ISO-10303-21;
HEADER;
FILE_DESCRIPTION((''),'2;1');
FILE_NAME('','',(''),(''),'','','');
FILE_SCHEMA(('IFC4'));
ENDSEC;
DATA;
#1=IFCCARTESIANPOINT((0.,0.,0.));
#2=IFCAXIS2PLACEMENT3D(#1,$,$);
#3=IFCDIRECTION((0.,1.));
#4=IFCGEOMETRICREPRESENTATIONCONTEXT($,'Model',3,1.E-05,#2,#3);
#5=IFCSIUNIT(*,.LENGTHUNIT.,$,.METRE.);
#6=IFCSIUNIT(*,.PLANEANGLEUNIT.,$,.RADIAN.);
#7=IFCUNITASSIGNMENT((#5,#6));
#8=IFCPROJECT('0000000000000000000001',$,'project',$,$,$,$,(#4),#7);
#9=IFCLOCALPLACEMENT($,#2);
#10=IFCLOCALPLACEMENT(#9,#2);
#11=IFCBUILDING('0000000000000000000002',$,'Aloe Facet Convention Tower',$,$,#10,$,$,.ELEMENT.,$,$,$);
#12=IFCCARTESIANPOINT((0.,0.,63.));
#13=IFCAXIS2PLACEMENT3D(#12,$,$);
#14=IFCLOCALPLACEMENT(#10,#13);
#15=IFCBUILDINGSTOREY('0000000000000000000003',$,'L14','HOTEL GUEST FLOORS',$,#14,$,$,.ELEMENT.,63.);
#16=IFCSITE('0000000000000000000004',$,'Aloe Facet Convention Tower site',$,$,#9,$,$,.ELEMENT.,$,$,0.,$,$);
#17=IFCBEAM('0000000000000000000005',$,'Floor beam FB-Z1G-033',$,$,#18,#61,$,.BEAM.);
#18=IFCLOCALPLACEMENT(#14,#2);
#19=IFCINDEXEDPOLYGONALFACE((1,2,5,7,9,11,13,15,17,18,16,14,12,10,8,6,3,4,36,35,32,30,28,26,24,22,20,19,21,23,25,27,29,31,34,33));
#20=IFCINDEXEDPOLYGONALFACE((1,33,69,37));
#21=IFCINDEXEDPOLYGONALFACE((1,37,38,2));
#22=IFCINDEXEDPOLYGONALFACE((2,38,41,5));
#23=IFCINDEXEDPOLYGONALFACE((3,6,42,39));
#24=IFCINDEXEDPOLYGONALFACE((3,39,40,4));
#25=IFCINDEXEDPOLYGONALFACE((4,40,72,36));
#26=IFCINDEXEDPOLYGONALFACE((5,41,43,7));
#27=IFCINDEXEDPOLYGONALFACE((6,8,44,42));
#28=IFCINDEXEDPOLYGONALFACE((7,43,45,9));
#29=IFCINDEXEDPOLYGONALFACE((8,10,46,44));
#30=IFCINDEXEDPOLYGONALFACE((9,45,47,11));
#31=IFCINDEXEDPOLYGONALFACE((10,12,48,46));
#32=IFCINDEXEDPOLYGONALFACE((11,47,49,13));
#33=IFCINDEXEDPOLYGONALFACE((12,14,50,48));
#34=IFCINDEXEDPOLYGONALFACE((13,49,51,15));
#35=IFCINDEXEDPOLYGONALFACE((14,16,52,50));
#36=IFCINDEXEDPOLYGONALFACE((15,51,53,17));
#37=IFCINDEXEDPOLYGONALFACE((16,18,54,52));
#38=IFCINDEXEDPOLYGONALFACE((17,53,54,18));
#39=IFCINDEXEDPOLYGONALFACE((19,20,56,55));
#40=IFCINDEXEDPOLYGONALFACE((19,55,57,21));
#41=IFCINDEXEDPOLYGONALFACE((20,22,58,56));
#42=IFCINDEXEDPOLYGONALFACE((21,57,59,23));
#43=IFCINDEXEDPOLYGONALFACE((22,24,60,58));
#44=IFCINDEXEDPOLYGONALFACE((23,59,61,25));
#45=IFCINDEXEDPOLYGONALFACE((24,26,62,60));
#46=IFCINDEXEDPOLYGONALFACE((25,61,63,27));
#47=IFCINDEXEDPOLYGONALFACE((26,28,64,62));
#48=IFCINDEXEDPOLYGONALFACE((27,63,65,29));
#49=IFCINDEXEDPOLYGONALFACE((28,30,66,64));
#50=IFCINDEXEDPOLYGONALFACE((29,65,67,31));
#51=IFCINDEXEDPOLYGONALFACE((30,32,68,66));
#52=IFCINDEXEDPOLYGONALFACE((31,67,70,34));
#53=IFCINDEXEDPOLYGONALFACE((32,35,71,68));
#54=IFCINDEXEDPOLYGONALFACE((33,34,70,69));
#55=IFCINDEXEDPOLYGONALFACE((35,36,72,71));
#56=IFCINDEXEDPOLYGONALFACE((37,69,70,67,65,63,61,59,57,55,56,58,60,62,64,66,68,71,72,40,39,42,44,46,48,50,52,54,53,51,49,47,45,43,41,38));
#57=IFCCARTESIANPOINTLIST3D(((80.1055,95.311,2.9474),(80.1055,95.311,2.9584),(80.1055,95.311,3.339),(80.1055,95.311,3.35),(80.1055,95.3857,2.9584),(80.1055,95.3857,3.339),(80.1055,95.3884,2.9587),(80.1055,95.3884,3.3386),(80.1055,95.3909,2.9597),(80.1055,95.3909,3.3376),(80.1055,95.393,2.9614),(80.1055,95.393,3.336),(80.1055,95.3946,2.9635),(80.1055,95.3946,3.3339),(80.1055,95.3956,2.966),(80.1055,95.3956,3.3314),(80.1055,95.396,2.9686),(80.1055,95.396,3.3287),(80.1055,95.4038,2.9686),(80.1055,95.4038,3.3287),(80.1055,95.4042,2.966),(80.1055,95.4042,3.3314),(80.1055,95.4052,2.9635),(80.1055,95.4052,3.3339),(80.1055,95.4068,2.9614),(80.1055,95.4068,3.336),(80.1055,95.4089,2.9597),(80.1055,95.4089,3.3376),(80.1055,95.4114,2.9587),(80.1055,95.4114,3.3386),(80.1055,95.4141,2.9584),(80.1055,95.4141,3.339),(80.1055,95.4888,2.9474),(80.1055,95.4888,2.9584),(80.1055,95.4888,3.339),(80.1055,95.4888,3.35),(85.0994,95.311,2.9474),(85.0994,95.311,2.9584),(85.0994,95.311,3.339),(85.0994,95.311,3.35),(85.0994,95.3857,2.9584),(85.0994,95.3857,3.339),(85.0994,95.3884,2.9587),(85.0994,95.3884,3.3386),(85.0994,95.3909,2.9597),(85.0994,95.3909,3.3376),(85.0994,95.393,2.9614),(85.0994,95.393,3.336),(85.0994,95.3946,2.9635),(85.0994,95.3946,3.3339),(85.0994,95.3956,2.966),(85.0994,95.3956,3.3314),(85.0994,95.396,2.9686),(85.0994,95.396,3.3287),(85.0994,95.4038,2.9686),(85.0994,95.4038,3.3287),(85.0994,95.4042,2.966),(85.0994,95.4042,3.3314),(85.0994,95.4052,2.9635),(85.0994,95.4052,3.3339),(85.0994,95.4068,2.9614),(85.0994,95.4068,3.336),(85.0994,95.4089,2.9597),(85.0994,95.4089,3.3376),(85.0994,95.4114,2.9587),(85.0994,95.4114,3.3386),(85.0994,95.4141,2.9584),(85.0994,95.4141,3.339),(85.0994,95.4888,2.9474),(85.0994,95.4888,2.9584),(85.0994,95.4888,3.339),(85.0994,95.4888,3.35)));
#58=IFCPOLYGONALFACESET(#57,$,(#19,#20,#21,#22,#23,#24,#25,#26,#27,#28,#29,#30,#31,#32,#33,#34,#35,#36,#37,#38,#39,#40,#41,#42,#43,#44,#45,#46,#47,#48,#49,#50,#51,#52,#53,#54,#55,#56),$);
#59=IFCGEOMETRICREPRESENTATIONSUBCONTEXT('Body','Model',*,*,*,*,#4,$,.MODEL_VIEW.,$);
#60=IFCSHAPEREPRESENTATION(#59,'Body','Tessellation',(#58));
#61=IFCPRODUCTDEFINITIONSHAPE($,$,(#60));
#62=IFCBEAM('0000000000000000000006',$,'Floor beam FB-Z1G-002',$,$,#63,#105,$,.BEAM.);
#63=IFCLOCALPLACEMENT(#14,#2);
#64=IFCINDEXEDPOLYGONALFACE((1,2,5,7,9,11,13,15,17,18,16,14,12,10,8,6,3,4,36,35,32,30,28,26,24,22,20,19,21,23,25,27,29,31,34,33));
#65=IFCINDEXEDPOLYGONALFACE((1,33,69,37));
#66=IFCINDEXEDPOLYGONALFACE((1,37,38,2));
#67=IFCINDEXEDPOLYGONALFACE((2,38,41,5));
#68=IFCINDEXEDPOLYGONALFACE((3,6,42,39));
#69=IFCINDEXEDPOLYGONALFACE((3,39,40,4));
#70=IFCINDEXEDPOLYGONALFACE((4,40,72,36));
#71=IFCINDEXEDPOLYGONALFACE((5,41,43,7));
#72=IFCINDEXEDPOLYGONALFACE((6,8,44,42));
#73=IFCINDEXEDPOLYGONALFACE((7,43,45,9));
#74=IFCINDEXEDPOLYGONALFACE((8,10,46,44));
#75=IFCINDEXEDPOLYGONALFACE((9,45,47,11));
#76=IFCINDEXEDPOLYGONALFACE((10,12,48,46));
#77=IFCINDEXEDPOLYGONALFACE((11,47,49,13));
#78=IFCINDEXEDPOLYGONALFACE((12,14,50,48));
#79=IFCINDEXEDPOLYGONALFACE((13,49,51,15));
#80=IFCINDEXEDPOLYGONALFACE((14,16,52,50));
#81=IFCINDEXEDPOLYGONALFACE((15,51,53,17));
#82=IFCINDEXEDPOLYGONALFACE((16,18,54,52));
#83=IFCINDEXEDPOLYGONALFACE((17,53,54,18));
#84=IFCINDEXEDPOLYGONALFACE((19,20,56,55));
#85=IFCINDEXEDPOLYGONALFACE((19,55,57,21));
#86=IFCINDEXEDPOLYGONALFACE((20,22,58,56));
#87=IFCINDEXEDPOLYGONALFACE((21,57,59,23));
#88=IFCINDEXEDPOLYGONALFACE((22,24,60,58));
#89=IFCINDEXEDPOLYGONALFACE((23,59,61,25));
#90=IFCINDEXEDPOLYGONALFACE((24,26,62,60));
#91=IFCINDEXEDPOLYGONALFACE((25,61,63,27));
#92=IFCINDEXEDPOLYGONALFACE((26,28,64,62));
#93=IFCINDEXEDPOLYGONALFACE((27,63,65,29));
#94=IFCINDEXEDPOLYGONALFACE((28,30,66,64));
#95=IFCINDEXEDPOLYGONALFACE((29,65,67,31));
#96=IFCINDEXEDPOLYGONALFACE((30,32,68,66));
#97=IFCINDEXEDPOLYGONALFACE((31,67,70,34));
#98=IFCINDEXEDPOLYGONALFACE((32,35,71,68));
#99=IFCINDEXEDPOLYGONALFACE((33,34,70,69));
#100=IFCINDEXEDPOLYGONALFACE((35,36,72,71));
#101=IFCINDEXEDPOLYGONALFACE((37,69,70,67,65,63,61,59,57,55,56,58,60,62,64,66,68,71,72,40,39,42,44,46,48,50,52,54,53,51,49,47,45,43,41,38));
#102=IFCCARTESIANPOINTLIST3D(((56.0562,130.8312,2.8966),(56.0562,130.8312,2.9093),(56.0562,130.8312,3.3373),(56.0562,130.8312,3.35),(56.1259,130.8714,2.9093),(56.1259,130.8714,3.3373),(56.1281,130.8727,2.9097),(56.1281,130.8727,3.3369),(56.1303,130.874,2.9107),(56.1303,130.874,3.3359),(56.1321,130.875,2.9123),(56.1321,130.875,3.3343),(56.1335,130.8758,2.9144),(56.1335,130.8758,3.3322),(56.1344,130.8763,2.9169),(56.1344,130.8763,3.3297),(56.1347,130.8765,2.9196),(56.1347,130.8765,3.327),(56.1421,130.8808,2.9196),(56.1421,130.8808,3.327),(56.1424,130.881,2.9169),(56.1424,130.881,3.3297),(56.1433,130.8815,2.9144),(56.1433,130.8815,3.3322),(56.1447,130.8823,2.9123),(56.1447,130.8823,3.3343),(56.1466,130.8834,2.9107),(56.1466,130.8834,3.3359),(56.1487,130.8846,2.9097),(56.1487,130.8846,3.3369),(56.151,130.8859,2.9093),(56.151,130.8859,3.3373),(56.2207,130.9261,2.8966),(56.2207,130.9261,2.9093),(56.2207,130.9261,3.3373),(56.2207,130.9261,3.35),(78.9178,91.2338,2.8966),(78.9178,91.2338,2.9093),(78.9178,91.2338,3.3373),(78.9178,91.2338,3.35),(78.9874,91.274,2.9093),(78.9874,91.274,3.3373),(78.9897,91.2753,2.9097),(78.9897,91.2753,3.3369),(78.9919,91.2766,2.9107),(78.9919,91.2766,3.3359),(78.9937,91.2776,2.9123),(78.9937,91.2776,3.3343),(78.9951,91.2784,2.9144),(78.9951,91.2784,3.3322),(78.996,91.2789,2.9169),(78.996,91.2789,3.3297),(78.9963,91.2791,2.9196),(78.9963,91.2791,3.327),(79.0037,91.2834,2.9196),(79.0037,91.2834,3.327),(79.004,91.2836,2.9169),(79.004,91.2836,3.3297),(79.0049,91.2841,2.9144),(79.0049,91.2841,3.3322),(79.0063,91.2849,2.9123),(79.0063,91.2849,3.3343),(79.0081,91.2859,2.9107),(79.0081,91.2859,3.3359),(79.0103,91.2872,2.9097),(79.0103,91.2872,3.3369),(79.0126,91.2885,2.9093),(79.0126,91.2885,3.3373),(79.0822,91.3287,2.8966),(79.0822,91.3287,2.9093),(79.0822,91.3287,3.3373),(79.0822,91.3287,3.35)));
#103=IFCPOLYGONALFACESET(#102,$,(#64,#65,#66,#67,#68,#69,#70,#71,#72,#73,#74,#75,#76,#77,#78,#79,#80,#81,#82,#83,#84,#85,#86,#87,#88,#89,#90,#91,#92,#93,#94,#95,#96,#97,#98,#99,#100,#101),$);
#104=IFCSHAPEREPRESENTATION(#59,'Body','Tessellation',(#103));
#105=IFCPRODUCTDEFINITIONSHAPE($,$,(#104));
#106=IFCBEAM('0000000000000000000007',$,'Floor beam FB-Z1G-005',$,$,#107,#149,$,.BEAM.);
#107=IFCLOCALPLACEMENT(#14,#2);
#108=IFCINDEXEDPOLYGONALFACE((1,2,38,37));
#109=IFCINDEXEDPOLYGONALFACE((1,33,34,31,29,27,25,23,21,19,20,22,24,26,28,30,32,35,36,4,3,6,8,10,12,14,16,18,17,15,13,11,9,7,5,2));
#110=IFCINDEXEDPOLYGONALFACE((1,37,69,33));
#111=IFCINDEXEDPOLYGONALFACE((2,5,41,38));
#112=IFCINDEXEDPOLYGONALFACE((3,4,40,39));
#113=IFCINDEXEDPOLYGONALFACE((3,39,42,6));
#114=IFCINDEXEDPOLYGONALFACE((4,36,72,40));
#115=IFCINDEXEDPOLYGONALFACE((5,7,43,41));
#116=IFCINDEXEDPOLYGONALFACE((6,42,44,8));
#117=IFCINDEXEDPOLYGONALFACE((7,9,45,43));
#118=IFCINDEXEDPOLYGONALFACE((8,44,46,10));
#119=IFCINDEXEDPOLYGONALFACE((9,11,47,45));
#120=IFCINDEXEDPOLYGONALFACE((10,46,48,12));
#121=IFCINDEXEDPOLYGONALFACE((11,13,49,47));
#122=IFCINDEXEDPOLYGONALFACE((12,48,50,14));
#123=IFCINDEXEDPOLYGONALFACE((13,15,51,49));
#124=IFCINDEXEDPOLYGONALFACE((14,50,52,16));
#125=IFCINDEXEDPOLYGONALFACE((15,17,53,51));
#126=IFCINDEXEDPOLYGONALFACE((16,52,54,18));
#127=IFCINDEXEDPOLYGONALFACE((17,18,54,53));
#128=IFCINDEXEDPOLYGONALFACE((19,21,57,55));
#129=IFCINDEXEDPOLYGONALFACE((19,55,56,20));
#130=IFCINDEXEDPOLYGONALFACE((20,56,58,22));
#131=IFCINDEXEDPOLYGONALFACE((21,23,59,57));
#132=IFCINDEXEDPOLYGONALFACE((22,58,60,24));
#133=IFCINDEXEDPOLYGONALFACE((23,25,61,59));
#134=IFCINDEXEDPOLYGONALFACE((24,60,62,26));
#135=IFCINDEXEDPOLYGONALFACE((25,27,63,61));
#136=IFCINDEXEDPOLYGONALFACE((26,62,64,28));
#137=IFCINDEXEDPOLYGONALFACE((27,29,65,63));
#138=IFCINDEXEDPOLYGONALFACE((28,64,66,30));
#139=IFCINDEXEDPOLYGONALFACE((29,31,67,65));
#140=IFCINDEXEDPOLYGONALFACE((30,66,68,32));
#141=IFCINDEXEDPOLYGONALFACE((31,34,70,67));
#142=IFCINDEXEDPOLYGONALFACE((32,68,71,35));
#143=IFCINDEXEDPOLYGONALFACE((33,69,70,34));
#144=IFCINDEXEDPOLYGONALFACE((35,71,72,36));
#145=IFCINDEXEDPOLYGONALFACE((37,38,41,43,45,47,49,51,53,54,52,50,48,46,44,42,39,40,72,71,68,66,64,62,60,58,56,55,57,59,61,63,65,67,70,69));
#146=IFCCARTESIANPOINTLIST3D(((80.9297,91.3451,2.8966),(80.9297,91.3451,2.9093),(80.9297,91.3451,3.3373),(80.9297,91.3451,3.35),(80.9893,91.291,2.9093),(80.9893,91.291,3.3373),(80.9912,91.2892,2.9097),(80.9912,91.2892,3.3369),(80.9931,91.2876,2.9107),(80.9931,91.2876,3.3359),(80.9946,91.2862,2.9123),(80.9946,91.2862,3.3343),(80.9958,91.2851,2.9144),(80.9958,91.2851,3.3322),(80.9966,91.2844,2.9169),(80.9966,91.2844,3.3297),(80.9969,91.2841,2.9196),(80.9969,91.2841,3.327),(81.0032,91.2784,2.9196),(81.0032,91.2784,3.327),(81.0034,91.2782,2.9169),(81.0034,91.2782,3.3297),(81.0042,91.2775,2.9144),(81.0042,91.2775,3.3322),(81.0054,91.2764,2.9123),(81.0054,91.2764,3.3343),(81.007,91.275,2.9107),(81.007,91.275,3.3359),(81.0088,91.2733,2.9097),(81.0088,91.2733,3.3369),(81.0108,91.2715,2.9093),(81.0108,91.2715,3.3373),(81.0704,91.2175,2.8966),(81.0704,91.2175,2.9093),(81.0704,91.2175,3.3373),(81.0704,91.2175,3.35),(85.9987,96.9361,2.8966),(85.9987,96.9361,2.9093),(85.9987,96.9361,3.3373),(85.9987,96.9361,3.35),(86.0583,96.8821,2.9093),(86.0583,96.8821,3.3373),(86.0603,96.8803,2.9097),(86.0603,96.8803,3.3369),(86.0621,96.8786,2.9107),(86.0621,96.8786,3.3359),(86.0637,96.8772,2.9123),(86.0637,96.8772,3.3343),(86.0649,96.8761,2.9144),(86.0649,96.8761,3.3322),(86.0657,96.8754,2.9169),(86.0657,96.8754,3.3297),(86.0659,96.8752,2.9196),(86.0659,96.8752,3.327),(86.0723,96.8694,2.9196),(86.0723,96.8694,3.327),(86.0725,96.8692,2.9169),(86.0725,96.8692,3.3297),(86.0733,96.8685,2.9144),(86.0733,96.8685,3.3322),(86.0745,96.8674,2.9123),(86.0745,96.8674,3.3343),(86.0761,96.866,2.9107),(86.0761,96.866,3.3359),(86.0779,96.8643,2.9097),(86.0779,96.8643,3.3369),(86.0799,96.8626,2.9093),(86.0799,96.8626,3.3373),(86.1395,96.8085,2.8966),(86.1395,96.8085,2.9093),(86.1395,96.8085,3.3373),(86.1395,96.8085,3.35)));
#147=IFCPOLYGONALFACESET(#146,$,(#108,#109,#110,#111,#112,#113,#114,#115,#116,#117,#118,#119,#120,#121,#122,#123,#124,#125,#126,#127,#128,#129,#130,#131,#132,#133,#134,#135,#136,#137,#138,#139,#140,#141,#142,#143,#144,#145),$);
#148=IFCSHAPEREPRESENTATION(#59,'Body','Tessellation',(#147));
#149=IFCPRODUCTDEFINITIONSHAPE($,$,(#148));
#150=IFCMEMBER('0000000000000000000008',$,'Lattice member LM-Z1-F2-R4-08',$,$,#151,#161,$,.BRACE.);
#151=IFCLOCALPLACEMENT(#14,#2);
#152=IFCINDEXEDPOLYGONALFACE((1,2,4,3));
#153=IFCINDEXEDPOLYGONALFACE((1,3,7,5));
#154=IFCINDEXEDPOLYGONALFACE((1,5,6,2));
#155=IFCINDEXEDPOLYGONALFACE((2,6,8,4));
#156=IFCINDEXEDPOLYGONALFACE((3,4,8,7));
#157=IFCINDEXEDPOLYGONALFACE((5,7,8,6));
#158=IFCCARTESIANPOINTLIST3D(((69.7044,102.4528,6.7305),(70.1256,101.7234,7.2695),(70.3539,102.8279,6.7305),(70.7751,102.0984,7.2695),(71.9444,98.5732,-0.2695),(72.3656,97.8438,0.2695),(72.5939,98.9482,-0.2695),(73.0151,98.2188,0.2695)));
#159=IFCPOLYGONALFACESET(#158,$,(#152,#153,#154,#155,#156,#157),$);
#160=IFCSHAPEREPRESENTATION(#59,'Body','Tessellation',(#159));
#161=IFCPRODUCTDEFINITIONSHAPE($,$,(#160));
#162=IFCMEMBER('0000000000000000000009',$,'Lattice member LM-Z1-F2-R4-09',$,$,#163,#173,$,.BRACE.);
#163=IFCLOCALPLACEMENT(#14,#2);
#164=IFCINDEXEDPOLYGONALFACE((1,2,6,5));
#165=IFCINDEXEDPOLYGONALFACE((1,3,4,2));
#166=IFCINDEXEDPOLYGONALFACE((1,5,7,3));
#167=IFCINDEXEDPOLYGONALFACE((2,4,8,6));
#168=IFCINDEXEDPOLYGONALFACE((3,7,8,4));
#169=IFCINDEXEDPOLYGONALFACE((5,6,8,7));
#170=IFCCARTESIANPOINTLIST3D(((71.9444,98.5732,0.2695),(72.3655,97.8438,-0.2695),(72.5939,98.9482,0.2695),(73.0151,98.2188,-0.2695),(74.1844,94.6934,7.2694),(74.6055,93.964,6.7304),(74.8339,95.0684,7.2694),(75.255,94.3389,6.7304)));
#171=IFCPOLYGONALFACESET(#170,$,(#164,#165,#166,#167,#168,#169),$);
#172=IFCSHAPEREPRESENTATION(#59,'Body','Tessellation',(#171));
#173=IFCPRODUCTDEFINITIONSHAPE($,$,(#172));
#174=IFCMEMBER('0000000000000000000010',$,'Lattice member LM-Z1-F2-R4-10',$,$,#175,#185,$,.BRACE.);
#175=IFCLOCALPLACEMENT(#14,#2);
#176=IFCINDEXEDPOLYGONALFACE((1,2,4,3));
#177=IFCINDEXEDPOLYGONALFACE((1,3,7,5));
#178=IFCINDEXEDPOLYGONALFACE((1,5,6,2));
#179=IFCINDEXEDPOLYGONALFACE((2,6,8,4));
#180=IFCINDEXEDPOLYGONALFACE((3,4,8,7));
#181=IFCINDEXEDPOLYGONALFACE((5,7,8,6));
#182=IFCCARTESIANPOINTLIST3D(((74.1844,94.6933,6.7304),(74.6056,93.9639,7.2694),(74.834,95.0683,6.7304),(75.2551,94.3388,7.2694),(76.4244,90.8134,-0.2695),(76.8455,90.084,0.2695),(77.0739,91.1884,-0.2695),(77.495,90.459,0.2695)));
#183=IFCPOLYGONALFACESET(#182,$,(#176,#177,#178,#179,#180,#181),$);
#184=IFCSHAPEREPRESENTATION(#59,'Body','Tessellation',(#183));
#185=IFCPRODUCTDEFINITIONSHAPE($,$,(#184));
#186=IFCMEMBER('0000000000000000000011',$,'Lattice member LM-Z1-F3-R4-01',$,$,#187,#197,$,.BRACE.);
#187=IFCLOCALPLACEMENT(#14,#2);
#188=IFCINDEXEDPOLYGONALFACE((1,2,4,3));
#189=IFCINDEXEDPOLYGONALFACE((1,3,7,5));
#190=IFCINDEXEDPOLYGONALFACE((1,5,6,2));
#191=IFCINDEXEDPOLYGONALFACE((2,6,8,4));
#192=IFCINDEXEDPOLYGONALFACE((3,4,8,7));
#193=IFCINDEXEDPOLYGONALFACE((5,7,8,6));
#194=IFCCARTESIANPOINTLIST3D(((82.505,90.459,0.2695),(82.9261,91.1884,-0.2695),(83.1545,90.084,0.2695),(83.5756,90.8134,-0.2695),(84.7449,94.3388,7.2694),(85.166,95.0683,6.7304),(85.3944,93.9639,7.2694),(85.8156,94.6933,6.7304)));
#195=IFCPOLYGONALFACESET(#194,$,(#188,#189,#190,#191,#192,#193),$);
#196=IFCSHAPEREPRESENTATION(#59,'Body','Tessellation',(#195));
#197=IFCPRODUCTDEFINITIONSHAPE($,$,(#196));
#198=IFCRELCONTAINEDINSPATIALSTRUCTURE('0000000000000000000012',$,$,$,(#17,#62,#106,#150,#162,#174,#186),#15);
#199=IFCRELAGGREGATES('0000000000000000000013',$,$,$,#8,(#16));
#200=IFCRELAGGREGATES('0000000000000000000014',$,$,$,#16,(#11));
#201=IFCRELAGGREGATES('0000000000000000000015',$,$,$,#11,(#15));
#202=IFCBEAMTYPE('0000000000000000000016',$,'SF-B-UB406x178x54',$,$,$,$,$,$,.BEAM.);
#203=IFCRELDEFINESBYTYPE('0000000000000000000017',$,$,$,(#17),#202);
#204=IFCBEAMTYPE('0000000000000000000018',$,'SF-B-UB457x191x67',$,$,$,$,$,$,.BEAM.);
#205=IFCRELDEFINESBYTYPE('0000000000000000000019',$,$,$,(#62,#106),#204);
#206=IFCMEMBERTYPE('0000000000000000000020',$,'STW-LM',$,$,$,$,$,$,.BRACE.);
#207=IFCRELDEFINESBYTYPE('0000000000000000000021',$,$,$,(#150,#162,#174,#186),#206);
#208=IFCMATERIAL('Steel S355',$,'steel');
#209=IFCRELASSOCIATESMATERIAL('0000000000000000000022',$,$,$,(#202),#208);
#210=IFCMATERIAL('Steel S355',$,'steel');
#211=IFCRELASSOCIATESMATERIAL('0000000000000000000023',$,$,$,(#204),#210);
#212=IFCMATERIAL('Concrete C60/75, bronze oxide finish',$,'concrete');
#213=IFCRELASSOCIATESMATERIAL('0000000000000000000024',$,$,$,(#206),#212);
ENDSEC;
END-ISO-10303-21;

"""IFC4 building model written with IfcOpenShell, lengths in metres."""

from ifc_helpers import new_model, si_unit, direction, frame, origin, origin_2d, place, context, subcontext, project, spatial, rectangle, i_section, extrude, material, material_profile, profile_set, type_object, element, save


model = new_model("IFC4")

# Units and contexts
model_context = context("Model", 3, precision=1e-05, world=origin(), true_north=direction((0.0, 1.0)))
body_context = subcontext(model_context, "Body", "Model", "MODEL_VIEW")
ifc_project = project(units=[si_unit("LENGTHUNIT", "METRE"), si_unit("PLANEANGLEUNIT", "RADIAN")], contexts=[model_context])

# Site, building, storey
site_placement = place(None, origin())
site = spatial("IfcSite", under=ifc_project, at=site_placement, Name="Aloe Facet Convention Tower site", CompositionType="ELEMENT", RefElevation=0.0)
building_placement = place(site_placement, origin())
building = spatial("IfcBuilding", under=site, at=building_placement, Name="Aloe Facet Convention Tower", CompositionType="ELEMENT")
storey_placement = place(building_placement, frame((0.0, 0.0, 63.0)))
storey = spatial("IfcBuildingStorey", under=building, at=storey_placement, Name="L14", Description="HOTEL GUEST FLOORS", CompositionType="ELEMENT", Elevation=63.0)

# Beams
ifc_material_1 = material(Name="Steel S355", Category="steel")
ifc_material_profile_1 = material_profile(ifc_material_1, i_section(OverallWidth=0.1777, OverallDepth=0.4026, WebThickness=0.0078, FlangeThickness=0.011, FilletRadius=0.0103, at=origin_2d()), Name="UB 406x178x54")
ifc_profile_set_1 = profile_set([ifc_material_profile_1], Name="Steel S355")
beam_type_1 = type_object("IfcBeamType", Name="SF-B-UB406x178x54", PredefinedType="BEAM", material=ifc_profile_set_1)
beam_1_placement = place(storey_placement, frame((80.1055, 95.3999, 3.1487), z_axis=(1.0, 0.0, 0.0), x_axis=(0.0, 1.0, 0.0)))
element("IfcBeam", 1, at=beam_1_placement, inside=storey, type_object=beam_type_1, Name="Floor beam FB-Z1G-033", PredefinedType="BEAM", context=body_context, shape_type="SweptSolid", body=[
    extrude(i_section(OverallWidth=0.1777, OverallDepth=0.4026, WebThickness=0.0078, FlangeThickness=0.011, FilletRadius=0.0103, at=origin_2d()), origin(), (0.0, 0.0, 1.0), 4.9939),
])
ifc_material_2 = material(Name="Steel S355", Category="steel")
ifc_material_profile_2 = material_profile(ifc_material_2, i_section(OverallWidth=0.1899, OverallDepth=0.4534, WebThickness=0.0085, FlangeThickness=0.0127, FilletRadius=0.0103, at=origin_2d()), Name="UB 457x191x67")
ifc_profile_set_2 = profile_set([ifc_material_profile_2], Name="Steel S355")
beam_type_2 = type_object("IfcBeamType", Name="SF-B-UB457x191x67", PredefinedType="BEAM", material=ifc_profile_set_2)
beam_2_placement = place(storey_placement, frame((79.0, 91.2812, 3.1233), z_axis=(-0.5, 0.866025, 0.0), x_axis=(-0.866025, -0.5, 0.0)))
element("IfcBeam", 2, at=beam_2_placement, inside=storey, type_object=beam_type_2, Name="Floor beam FB-Z1G-002", PredefinedType="BEAM", context=body_context, shape_type="SweptSolid", body=[
    extrude(i_section(OverallWidth=0.1899, OverallDepth=0.4534, WebThickness=0.0085, FlangeThickness=0.0127, FilletRadius=0.0103, at=origin_2d()), origin(), (0.0, 0.0, 1.0), 45.7231),
])
beam_3_placement = place(storey_placement, frame((86.0691, 96.8723, 3.1233), z_axis=(-0.671679, -0.740843, 0.0), x_axis=(0.740843, -0.671679, 0.0)))
element("IfcBeam", 3, at=beam_3_placement, inside=storey, type_object=beam_type_2, Name="Floor beam FB-Z1G-005", PredefinedType="BEAM", context=body_context, shape_type="SweptSolid", body=[
    extrude(i_section(OverallWidth=0.1899, OverallDepth=0.4534, WebThickness=0.0085, FlangeThickness=0.0127, FilletRadius=0.0103, at=origin_2d()), origin(), (0.0, 0.0, 1.0), 7.5469),
])

# Members
ifc_material_3 = material(Name="Concrete C60/75, bronze oxide finish", Category="concrete")
ifc_material_profile_3 = material_profile(ifc_material_3, rectangle(XDim=0.75, YDim=1.0, at=origin_2d()), Name="STW-LM")
ifc_profile_set_3 = profile_set([ifc_material_profile_3], Name="Concrete C60/75, bronze oxide finish")
member_type = type_object("IfcMemberType", Name="STW-LM", PredefinedType="BRACE", material=ifc_profile_set_3)
for number, where, z_axis, x_axis, name in (
    (4, (72.4797, 98.396, 0.0), (-0.269528, 0.46682, 0.842279), (-0.866018, -0.500013, 0.0), "Lattice member LM-Z1-F2-R4-08"),
    (5, (72.4797, 98.396, 0.0), (0.269524, -0.466843, 0.842267), (0.866031, 0.49999, 0.0), "Lattice member LM-Z1-F2-R4-09"),
    (6, (76.9597, 90.6362, 0.0), (-0.269524, 0.466843, 0.842267), (-0.866031, -0.49999, 0.0), "Lattice member LM-Z1-F2-R4-10"),
    (7, (83.0403, 90.6362, 0.0), (0.269524, 0.466843, 0.842267), (-0.866031, 0.49999, 0.0), "Lattice member LM-Z1-F3-R4-01"),
):
    element("IfcMember", number, at=place(storey_placement, frame(where, z_axis=z_axis, x_axis=x_axis)), inside=storey, type_object=member_type, Name=name, PredefinedType="BRACE", context=body_context, shape_type="SweptSolid", body=[
        extrude(rectangle(XDim=0.75, YDim=1.0, at=origin_2d()), origin(), (0.0, 0.0, 1.0), 8.3108),
    ])

save(model, "model.ifc")
